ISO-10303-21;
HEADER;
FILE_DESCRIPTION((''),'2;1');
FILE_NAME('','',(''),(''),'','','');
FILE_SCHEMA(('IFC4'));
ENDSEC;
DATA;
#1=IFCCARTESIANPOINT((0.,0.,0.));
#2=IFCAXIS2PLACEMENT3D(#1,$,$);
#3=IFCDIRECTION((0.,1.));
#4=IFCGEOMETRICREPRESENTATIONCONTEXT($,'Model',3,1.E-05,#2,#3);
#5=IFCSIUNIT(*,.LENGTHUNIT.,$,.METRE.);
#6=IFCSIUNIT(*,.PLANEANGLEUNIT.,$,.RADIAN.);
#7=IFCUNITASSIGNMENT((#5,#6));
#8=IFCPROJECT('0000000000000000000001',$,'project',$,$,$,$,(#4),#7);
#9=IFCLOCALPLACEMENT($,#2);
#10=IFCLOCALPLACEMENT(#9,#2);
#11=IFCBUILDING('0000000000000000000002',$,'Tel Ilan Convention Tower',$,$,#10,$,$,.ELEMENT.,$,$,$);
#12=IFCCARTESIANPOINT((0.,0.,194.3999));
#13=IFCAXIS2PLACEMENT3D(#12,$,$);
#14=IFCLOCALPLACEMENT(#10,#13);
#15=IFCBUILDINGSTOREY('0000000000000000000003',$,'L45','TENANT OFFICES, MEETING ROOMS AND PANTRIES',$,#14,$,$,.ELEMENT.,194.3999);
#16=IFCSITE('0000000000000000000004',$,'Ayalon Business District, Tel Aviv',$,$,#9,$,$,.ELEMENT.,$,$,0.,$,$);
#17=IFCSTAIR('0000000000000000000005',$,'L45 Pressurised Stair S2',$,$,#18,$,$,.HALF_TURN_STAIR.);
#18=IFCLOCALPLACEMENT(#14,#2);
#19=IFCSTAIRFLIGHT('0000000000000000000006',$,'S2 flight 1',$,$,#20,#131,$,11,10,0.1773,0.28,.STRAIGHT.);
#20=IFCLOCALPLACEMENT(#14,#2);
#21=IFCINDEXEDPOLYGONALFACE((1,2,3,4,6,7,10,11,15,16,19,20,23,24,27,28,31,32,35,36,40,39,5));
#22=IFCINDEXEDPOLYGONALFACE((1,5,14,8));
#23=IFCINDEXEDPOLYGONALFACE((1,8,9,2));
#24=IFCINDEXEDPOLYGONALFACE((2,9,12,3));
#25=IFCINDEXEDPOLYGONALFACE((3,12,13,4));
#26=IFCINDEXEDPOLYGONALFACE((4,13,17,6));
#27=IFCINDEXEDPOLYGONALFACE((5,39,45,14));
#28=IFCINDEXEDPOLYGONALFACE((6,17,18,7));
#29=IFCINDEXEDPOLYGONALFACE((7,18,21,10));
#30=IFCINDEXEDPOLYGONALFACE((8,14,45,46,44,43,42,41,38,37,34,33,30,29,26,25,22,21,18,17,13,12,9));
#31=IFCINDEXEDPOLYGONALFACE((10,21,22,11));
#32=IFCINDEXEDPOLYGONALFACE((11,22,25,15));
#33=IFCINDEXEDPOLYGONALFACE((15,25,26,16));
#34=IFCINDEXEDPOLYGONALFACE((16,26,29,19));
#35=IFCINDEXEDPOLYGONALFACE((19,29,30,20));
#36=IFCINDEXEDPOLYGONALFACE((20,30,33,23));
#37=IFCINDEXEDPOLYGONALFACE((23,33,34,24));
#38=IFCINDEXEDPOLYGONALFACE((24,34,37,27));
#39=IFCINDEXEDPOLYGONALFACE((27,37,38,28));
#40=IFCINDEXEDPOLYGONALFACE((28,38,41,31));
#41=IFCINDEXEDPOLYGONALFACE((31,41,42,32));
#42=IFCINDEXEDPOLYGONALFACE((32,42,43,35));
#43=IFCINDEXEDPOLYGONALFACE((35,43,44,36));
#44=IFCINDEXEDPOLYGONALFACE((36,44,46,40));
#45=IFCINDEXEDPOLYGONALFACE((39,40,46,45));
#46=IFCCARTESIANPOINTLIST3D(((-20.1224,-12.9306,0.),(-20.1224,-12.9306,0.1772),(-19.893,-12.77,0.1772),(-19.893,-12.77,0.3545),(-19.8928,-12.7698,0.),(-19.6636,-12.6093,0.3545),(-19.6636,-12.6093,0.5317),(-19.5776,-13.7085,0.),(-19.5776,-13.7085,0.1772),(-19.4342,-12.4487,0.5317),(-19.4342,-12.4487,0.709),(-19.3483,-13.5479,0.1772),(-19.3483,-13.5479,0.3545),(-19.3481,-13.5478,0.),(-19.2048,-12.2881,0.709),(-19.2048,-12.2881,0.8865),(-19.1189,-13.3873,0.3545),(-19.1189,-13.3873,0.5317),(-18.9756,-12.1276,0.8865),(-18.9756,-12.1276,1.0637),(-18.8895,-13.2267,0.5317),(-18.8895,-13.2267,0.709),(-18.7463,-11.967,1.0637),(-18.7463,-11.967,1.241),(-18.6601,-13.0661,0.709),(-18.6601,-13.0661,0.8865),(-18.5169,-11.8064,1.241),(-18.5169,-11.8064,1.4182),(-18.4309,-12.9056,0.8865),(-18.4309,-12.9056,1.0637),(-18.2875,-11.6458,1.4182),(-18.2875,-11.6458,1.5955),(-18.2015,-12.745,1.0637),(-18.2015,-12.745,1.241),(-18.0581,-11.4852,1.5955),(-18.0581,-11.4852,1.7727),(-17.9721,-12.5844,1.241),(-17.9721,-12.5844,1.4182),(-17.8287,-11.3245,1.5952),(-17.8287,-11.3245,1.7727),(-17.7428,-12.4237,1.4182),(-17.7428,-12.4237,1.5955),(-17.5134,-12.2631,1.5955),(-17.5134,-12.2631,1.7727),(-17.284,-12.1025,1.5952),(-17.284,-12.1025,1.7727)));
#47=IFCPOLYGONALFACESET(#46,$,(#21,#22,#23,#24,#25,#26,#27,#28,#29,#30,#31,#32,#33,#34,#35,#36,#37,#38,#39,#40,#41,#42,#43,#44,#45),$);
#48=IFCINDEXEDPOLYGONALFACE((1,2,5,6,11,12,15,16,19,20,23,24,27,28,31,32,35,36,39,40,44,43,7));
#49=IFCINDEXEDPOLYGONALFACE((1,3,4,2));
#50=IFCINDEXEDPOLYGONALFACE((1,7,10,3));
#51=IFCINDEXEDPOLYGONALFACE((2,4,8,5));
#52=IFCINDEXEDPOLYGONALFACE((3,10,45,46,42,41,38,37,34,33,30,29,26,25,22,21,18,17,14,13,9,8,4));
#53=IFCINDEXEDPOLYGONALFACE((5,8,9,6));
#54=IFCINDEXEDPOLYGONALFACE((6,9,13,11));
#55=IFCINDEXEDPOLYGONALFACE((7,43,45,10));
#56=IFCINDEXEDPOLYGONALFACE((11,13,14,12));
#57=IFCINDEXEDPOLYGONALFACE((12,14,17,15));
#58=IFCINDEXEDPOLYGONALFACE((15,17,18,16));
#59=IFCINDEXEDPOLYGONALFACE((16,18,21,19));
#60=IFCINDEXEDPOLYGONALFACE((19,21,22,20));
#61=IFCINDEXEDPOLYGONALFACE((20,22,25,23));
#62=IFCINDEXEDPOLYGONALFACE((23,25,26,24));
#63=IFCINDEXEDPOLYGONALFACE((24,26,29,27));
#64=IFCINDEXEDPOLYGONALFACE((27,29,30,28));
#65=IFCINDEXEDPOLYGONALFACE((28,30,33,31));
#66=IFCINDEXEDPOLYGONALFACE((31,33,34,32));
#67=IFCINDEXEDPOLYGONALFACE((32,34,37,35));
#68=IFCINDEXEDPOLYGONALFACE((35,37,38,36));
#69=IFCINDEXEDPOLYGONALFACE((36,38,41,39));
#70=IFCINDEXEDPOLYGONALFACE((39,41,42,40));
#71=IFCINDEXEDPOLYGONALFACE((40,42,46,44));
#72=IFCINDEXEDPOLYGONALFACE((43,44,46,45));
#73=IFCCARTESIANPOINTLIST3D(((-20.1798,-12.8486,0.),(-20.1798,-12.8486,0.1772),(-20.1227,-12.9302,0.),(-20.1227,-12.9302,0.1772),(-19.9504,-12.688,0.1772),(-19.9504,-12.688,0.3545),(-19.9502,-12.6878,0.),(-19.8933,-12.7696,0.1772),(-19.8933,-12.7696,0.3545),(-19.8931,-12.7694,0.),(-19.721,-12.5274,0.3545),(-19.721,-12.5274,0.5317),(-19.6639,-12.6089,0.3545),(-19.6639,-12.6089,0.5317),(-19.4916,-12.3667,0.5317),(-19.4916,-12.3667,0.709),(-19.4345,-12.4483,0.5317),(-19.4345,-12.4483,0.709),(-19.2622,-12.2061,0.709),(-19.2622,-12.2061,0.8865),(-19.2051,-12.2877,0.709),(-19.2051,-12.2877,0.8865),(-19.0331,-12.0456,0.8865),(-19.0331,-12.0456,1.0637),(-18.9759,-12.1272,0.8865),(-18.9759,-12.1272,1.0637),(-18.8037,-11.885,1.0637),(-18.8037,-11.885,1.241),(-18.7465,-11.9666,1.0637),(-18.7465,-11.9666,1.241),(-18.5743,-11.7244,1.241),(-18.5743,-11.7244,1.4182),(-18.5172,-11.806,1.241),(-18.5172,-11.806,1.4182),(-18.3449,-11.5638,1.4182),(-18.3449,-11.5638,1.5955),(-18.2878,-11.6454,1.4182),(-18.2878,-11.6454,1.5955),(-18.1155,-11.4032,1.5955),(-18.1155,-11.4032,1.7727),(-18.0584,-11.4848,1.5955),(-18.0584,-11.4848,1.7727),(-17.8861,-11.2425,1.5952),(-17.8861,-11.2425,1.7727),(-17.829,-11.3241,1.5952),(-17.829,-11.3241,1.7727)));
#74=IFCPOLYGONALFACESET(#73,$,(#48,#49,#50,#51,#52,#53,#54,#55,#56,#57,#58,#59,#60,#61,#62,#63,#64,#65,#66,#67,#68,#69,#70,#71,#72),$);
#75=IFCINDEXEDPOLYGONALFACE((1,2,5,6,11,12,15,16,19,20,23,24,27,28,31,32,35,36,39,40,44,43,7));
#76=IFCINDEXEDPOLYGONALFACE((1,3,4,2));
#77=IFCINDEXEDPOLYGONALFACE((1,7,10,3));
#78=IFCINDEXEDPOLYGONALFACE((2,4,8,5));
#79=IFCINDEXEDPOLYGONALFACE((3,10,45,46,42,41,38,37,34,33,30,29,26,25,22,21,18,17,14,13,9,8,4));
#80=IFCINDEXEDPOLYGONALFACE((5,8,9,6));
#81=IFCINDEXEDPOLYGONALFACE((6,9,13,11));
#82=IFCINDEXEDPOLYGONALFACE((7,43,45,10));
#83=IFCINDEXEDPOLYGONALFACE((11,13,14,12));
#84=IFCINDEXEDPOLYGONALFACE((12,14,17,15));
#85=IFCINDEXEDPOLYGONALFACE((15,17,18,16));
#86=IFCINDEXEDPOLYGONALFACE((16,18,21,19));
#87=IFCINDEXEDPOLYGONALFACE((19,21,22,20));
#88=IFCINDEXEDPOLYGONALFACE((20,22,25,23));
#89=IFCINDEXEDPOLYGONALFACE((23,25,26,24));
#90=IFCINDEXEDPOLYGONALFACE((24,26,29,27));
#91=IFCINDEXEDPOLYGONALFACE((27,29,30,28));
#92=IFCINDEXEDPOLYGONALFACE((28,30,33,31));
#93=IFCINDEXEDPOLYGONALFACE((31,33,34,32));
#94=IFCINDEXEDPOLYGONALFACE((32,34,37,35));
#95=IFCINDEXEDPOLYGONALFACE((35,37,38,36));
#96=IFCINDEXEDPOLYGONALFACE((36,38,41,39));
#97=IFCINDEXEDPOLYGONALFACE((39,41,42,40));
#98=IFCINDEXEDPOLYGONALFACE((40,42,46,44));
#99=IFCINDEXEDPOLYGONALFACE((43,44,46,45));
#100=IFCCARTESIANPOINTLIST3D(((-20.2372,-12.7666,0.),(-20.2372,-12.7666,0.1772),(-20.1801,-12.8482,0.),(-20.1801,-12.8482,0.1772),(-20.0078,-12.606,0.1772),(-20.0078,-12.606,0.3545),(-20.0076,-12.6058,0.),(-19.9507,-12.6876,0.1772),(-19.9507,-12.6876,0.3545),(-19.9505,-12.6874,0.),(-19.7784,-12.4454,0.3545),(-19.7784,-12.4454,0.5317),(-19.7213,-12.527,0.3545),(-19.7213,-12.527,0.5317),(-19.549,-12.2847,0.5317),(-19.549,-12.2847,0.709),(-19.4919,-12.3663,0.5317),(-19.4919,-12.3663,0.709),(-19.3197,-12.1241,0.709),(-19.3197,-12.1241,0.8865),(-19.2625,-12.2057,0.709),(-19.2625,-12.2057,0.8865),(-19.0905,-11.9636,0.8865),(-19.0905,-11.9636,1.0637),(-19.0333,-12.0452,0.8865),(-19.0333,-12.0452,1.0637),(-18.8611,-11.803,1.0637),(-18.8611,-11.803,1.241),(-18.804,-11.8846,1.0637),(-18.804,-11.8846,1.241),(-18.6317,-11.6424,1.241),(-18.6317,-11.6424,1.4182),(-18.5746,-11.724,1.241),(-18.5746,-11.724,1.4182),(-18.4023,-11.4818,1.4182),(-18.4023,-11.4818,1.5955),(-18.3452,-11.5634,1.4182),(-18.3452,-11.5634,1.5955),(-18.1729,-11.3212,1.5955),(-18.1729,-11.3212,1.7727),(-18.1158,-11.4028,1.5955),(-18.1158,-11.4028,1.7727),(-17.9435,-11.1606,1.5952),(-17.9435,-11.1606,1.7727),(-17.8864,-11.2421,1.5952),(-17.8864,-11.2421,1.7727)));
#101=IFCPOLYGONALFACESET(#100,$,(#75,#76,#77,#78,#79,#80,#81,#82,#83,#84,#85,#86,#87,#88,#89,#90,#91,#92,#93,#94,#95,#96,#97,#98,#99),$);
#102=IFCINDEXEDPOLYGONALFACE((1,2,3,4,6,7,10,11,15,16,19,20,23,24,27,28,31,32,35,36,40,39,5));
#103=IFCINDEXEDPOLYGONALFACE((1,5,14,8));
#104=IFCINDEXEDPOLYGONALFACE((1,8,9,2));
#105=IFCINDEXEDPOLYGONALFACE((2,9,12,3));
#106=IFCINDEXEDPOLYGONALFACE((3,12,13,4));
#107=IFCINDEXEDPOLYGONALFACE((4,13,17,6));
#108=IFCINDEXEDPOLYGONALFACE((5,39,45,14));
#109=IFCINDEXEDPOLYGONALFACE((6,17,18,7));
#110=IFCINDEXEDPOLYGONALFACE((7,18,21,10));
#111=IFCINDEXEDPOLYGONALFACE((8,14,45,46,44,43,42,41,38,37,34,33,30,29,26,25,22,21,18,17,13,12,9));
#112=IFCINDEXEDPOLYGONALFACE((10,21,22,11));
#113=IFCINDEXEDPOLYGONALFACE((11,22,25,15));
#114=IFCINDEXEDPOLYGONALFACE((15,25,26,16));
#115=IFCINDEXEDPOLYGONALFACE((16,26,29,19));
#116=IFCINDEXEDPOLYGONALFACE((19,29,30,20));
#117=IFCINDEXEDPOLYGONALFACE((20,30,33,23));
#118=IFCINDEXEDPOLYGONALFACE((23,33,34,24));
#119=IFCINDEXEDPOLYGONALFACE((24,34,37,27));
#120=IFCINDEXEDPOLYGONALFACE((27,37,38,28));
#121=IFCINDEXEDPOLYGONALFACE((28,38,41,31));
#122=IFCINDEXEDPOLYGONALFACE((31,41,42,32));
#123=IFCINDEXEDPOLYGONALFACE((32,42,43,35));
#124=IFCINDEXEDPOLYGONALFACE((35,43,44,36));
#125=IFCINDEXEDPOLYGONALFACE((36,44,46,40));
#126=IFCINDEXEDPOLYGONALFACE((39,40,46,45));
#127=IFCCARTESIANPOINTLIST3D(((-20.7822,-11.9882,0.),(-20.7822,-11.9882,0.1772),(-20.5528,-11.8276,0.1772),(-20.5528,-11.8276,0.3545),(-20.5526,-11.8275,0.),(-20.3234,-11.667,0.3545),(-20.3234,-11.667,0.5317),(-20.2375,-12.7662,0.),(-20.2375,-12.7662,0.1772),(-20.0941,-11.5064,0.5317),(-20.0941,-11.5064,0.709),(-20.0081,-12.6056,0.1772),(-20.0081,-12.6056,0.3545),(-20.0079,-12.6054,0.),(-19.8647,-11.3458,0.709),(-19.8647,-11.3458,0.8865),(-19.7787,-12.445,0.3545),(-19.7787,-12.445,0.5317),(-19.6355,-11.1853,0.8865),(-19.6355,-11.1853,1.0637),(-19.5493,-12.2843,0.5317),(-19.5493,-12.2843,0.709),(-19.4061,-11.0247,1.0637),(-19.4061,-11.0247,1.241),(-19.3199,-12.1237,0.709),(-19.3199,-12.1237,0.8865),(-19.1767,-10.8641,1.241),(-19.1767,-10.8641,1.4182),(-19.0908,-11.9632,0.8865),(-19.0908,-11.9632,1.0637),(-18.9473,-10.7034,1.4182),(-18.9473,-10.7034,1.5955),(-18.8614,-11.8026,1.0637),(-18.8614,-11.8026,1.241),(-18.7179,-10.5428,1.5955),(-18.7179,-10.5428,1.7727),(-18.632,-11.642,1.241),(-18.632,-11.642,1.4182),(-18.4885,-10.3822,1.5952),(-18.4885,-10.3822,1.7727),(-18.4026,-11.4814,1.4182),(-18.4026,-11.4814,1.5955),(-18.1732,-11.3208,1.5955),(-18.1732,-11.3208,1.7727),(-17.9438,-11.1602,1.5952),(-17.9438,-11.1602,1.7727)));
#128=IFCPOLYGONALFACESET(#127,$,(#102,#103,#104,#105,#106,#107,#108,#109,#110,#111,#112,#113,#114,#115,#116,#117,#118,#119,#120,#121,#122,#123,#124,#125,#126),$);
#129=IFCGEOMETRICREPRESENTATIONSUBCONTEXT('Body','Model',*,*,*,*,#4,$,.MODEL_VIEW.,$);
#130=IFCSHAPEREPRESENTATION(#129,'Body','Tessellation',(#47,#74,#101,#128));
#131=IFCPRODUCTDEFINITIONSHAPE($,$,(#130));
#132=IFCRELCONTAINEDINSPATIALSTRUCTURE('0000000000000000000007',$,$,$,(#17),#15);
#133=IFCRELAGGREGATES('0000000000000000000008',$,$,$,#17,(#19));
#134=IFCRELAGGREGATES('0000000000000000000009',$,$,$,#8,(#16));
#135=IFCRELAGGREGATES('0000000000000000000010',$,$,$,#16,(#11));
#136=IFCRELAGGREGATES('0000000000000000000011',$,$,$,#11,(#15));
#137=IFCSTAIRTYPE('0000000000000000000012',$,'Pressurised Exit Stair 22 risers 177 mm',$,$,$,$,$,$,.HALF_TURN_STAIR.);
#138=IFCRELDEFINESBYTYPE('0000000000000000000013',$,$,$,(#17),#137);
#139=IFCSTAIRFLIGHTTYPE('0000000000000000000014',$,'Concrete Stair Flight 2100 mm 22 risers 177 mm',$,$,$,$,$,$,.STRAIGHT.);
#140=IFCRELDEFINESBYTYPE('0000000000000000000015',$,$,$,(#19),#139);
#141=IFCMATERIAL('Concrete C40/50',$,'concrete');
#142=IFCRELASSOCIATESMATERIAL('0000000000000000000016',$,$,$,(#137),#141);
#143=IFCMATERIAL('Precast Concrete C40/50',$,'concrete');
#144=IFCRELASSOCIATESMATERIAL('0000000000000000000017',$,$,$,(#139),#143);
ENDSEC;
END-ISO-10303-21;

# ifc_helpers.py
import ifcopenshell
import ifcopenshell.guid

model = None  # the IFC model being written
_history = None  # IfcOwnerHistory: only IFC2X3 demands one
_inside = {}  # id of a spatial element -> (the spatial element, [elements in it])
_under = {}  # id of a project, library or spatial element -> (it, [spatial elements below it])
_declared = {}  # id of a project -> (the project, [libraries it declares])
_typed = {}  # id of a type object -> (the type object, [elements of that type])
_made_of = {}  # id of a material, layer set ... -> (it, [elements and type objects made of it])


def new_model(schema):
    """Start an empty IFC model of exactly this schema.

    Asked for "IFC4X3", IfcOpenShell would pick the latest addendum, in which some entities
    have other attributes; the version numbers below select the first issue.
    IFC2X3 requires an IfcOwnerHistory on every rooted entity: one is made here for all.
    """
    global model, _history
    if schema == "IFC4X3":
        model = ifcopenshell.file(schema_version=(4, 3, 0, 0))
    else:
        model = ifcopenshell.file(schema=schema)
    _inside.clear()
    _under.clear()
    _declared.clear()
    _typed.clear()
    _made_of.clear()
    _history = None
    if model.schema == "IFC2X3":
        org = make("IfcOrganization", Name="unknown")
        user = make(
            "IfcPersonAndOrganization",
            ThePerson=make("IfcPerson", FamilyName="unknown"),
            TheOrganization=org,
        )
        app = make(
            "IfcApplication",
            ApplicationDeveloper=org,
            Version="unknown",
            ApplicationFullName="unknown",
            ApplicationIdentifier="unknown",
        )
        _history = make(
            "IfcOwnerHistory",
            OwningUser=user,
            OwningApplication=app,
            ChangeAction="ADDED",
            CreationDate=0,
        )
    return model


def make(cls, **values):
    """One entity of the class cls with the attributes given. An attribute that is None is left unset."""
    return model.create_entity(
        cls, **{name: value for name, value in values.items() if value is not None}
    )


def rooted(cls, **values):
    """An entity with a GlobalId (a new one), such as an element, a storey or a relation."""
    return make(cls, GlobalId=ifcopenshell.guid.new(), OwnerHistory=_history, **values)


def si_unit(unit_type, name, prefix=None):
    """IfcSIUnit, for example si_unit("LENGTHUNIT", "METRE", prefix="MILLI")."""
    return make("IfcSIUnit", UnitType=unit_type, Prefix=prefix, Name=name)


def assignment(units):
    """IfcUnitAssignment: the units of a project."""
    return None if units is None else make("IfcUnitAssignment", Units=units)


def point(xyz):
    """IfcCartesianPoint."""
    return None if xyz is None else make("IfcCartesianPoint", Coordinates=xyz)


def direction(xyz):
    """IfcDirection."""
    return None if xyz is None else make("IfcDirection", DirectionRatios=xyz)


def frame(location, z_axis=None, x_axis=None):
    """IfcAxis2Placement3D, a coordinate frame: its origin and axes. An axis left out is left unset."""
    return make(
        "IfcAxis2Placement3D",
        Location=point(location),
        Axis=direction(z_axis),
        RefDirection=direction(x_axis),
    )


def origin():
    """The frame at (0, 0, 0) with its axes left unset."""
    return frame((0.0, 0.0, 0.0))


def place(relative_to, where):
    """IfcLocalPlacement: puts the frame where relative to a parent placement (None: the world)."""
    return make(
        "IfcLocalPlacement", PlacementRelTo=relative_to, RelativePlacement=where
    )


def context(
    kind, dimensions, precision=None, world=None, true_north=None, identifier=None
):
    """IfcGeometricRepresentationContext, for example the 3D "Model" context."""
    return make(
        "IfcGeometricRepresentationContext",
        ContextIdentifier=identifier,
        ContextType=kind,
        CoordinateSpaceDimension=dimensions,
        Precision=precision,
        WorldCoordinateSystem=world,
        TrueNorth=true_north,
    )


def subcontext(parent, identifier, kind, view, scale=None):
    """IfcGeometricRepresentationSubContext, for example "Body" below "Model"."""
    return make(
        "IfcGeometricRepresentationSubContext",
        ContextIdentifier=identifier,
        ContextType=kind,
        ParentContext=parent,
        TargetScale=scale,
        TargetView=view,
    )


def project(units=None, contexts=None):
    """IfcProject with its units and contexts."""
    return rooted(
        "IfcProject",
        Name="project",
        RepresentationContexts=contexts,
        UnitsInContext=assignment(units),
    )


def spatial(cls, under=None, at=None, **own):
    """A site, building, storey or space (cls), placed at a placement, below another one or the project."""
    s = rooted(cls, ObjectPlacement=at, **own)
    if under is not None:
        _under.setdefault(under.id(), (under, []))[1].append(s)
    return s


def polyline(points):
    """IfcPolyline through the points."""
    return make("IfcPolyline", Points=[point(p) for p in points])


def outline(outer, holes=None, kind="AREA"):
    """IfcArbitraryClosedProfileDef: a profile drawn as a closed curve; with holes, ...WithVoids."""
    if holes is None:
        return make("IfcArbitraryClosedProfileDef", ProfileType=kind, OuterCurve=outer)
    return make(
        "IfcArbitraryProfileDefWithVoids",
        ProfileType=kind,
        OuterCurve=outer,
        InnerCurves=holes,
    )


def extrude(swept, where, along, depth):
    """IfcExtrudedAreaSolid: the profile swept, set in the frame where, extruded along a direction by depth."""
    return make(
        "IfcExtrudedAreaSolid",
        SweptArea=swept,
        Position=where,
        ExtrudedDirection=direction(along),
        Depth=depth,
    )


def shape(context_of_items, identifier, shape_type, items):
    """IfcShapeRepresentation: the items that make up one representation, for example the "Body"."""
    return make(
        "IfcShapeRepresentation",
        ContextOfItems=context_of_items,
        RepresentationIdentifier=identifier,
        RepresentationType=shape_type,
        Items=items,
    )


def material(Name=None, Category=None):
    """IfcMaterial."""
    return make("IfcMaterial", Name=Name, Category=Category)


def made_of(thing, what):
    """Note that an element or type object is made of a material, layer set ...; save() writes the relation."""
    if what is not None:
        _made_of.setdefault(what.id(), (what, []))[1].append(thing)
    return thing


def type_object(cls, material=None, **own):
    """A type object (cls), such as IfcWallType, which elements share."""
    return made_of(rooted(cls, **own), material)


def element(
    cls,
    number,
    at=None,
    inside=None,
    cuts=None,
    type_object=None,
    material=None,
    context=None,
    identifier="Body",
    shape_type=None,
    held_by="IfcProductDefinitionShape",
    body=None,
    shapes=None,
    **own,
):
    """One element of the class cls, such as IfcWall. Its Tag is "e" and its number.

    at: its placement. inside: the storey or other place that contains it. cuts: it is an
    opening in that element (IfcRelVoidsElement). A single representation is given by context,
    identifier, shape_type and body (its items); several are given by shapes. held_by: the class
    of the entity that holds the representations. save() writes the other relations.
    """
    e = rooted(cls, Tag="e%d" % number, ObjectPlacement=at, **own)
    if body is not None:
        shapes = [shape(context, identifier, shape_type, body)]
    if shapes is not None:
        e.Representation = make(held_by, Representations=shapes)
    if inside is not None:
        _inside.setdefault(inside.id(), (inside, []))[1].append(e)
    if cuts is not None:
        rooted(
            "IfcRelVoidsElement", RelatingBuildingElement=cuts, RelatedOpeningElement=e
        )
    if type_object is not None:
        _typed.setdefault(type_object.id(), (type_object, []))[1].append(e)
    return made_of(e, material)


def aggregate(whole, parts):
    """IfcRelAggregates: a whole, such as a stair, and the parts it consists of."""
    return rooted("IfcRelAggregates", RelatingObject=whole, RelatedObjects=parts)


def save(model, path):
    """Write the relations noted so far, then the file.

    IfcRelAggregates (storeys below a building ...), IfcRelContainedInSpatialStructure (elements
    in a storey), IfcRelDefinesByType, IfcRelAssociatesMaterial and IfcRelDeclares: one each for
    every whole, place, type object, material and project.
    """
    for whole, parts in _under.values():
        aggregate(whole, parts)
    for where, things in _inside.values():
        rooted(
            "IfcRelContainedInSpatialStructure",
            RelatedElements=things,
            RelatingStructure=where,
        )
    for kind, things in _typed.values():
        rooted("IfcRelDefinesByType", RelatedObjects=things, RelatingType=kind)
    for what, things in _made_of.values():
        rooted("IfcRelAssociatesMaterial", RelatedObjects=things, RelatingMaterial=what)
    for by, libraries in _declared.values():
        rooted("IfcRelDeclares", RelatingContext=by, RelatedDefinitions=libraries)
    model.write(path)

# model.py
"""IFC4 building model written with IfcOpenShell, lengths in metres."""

from ifc_helpers import new_model, si_unit, direction, frame, origin, place, context, subcontext, project, spatial, polyline, outline, extrude, material, type_object, element, aggregate, save


model = new_model("IFC4")

# Units and contexts
model_context = context("Model", 3, precision=1e-05, world=origin(), true_north=direction((0.0, 1.0)))
body_context = subcontext(model_context, "Body", "Model", "MODEL_VIEW")
ifc_project = project(units=[si_unit("LENGTHUNIT", "METRE"), si_unit("PLANEANGLEUNIT", "RADIAN")], contexts=[model_context])

# Site, building, storey
site_placement = place(None, origin())
site = spatial("IfcSite", under=ifc_project, at=site_placement, Name="Ayalon Business District, Tel Aviv", CompositionType="ELEMENT", RefElevation=0.0)
building_placement = place(site_placement, origin())
building = spatial("IfcBuilding", under=site, at=building_placement, Name="Tel Ilan Convention Tower", CompositionType="ELEMENT")
storey_placement = place(building_placement, frame((0.0, 0.0, 194.3999)))
storey = spatial("IfcBuildingStorey", under=building, at=storey_placement, Name="L45", Description="TENANT OFFICES, MEETING ROOMS AND PANTRIES", CompositionType="ELEMENT", Elevation=194.3999)

# Stair, stair flight
ifc_material_1 = material(Name="Concrete C40/50", Category="concrete")
stair_type = type_object("IfcStairType", Name="Pressurised Exit Stair 22 risers 177 mm", PredefinedType="HALF_TURN_STAIR", material=ifc_material_1)
ifc_material_2 = material(Name="Precast Concrete C40/50", Category="concrete")
stair_flight_type = type_object("IfcStairFlightType", Name="Concrete Stair Flight 2100 mm 22 risers 177 mm", PredefinedType="STRAIGHT", material=ifc_material_2)
stair_1_placement = place(storey_placement, origin())
stair_1 = element("IfcStair", 1, at=stair_1_placement, inside=storey, type_object=stair_type, Name="L45 Pressurised Stair S2", PredefinedType="HALF_TURN_STAIR")
stair_flight_1_placement = place(storey_placement, frame((-20.1799, -12.8484, 0.0), z_axis=(0.0, 0.0, 1.0), x_axis=(0.819152, 0.573576, 0.0)))
stair_flight_1 = element("IfcStairFlight", 2, at=stair_flight_1_placement, type_object=stair_flight_type, Name="S2 flight 1", NumberOfRisers=11, NumberOfTreads=10, PredefinedType="STRAIGHT", RiserHeight=0.1773, TreadLength=0.28, context=body_context, shape_type="SweptSolid", body=[
    extrude(outline(polyline([(0.0, 0.0), (0.0, 0.1772), (0.28, 0.1772), (0.28, 0.3545), (0.5601, 0.3545), (0.5601, 0.5317), (0.8401, 0.5317), (0.8401, 0.709), (1.1201, 0.709), (1.1201, 0.8865), (1.3999, 0.8865), (1.3999, 1.0637), (1.6799, 1.0637), (1.6799, 1.241), (1.96, 1.241), (1.96, 1.4182), (2.24, 1.4182), (2.24, 1.5955), (2.52, 1.5955), (2.52, 1.7727), (2.8, 1.7727), (2.8, 1.95), (2.8, 1.5952), (0.2803, 0.0), (0.0, 0.0)])), frame((0.0, -0.1003, 0.0), z_axis=(0.0, -1.0, 0.0), x_axis=(1.0, 0.0, 0.0)), (0.0, 0.0, 1.0), 0.9497),
    extrude(outline(polyline([(0.0, 0.0), (0.0, 0.1772), (0.28, 0.1772), (0.28, 0.3545), (0.5601, 0.3545), (0.5601, 0.5317), (0.8401, 0.5317), (0.8401, 0.709), (1.1201, 0.709), (1.1201, 0.8865), (1.3999, 0.8865), (1.3999, 1.0637), (1.6799, 1.0637), (1.6799, 1.241), (1.96, 1.241), (1.96, 1.4182), (2.24, 1.4182), (2.24, 1.5955), (2.52, 1.5955), (2.52, 1.7727), (2.8, 1.7727), (2.8, 1.95), (2.8, 1.5952), (0.2803, 0.0), (0.0, 0.0)])), frame((0.0, -0.0002, 0.0), z_axis=(0.0, -1.0, 0.0), x_axis=(1.0, 0.0, 0.0)), (0.0, 0.0, 1.0), 0.0996),
    extrude(outline(polyline([(0.0, 0.0), (0.0, 0.1772), (0.28, 0.1772), (0.28, 0.3545), (0.5601, 0.3545), (0.5601, 0.5317), (0.8401, 0.5317), (0.8401, 0.709), (1.1201, 0.709), (1.1201, 0.8865), (1.3999, 0.8865), (1.3999, 1.0637), (1.6799, 1.0637), (1.6799, 1.241), (1.96, 1.241), (1.96, 1.4182), (2.24, 1.4182), (2.24, 1.5955), (2.52, 1.5955), (2.52, 1.7727), (2.8, 1.7727), (2.8, 1.95), (2.8, 1.5952), (0.2803, 0.0), (0.0, 0.0)])), frame((0.0, 0.0999, 0.0), z_axis=(0.0, -1.0, 0.0), x_axis=(1.0, 0.0, 0.0)), (0.0, 0.0, 1.0), 0.0996),
    extrude(outline(polyline([(0.0, 0.0), (0.0, 0.1772), (0.28, 0.1772), (0.28, 0.3545), (0.5601, 0.3545), (0.5601, 0.5317), (0.8401, 0.5317), (0.8401, 0.709), (1.1201, 0.709), (1.1201, 0.8865), (1.3999, 0.8865), (1.3999, 1.0637), (1.6799, 1.0637), (1.6799, 1.241), (1.96, 1.241), (1.96, 1.4182), (2.24, 1.4182), (2.24, 1.5955), (2.52, 1.5955), (2.52, 1.7727), (2.8, 1.7727), (2.8, 1.95), (2.8, 1.5952), (0.2803, 0.0), (0.0, 0.0)])), frame((0.0, 1.05, 0.0), z_axis=(0.0, -1.0, 0.0), x_axis=(1.0, 0.0, 0.0)), (0.0, 0.0, 1.0), 0.9497),
])
aggregate(stair_1, [stair_flight_1])

save(model, "model.ifc")
